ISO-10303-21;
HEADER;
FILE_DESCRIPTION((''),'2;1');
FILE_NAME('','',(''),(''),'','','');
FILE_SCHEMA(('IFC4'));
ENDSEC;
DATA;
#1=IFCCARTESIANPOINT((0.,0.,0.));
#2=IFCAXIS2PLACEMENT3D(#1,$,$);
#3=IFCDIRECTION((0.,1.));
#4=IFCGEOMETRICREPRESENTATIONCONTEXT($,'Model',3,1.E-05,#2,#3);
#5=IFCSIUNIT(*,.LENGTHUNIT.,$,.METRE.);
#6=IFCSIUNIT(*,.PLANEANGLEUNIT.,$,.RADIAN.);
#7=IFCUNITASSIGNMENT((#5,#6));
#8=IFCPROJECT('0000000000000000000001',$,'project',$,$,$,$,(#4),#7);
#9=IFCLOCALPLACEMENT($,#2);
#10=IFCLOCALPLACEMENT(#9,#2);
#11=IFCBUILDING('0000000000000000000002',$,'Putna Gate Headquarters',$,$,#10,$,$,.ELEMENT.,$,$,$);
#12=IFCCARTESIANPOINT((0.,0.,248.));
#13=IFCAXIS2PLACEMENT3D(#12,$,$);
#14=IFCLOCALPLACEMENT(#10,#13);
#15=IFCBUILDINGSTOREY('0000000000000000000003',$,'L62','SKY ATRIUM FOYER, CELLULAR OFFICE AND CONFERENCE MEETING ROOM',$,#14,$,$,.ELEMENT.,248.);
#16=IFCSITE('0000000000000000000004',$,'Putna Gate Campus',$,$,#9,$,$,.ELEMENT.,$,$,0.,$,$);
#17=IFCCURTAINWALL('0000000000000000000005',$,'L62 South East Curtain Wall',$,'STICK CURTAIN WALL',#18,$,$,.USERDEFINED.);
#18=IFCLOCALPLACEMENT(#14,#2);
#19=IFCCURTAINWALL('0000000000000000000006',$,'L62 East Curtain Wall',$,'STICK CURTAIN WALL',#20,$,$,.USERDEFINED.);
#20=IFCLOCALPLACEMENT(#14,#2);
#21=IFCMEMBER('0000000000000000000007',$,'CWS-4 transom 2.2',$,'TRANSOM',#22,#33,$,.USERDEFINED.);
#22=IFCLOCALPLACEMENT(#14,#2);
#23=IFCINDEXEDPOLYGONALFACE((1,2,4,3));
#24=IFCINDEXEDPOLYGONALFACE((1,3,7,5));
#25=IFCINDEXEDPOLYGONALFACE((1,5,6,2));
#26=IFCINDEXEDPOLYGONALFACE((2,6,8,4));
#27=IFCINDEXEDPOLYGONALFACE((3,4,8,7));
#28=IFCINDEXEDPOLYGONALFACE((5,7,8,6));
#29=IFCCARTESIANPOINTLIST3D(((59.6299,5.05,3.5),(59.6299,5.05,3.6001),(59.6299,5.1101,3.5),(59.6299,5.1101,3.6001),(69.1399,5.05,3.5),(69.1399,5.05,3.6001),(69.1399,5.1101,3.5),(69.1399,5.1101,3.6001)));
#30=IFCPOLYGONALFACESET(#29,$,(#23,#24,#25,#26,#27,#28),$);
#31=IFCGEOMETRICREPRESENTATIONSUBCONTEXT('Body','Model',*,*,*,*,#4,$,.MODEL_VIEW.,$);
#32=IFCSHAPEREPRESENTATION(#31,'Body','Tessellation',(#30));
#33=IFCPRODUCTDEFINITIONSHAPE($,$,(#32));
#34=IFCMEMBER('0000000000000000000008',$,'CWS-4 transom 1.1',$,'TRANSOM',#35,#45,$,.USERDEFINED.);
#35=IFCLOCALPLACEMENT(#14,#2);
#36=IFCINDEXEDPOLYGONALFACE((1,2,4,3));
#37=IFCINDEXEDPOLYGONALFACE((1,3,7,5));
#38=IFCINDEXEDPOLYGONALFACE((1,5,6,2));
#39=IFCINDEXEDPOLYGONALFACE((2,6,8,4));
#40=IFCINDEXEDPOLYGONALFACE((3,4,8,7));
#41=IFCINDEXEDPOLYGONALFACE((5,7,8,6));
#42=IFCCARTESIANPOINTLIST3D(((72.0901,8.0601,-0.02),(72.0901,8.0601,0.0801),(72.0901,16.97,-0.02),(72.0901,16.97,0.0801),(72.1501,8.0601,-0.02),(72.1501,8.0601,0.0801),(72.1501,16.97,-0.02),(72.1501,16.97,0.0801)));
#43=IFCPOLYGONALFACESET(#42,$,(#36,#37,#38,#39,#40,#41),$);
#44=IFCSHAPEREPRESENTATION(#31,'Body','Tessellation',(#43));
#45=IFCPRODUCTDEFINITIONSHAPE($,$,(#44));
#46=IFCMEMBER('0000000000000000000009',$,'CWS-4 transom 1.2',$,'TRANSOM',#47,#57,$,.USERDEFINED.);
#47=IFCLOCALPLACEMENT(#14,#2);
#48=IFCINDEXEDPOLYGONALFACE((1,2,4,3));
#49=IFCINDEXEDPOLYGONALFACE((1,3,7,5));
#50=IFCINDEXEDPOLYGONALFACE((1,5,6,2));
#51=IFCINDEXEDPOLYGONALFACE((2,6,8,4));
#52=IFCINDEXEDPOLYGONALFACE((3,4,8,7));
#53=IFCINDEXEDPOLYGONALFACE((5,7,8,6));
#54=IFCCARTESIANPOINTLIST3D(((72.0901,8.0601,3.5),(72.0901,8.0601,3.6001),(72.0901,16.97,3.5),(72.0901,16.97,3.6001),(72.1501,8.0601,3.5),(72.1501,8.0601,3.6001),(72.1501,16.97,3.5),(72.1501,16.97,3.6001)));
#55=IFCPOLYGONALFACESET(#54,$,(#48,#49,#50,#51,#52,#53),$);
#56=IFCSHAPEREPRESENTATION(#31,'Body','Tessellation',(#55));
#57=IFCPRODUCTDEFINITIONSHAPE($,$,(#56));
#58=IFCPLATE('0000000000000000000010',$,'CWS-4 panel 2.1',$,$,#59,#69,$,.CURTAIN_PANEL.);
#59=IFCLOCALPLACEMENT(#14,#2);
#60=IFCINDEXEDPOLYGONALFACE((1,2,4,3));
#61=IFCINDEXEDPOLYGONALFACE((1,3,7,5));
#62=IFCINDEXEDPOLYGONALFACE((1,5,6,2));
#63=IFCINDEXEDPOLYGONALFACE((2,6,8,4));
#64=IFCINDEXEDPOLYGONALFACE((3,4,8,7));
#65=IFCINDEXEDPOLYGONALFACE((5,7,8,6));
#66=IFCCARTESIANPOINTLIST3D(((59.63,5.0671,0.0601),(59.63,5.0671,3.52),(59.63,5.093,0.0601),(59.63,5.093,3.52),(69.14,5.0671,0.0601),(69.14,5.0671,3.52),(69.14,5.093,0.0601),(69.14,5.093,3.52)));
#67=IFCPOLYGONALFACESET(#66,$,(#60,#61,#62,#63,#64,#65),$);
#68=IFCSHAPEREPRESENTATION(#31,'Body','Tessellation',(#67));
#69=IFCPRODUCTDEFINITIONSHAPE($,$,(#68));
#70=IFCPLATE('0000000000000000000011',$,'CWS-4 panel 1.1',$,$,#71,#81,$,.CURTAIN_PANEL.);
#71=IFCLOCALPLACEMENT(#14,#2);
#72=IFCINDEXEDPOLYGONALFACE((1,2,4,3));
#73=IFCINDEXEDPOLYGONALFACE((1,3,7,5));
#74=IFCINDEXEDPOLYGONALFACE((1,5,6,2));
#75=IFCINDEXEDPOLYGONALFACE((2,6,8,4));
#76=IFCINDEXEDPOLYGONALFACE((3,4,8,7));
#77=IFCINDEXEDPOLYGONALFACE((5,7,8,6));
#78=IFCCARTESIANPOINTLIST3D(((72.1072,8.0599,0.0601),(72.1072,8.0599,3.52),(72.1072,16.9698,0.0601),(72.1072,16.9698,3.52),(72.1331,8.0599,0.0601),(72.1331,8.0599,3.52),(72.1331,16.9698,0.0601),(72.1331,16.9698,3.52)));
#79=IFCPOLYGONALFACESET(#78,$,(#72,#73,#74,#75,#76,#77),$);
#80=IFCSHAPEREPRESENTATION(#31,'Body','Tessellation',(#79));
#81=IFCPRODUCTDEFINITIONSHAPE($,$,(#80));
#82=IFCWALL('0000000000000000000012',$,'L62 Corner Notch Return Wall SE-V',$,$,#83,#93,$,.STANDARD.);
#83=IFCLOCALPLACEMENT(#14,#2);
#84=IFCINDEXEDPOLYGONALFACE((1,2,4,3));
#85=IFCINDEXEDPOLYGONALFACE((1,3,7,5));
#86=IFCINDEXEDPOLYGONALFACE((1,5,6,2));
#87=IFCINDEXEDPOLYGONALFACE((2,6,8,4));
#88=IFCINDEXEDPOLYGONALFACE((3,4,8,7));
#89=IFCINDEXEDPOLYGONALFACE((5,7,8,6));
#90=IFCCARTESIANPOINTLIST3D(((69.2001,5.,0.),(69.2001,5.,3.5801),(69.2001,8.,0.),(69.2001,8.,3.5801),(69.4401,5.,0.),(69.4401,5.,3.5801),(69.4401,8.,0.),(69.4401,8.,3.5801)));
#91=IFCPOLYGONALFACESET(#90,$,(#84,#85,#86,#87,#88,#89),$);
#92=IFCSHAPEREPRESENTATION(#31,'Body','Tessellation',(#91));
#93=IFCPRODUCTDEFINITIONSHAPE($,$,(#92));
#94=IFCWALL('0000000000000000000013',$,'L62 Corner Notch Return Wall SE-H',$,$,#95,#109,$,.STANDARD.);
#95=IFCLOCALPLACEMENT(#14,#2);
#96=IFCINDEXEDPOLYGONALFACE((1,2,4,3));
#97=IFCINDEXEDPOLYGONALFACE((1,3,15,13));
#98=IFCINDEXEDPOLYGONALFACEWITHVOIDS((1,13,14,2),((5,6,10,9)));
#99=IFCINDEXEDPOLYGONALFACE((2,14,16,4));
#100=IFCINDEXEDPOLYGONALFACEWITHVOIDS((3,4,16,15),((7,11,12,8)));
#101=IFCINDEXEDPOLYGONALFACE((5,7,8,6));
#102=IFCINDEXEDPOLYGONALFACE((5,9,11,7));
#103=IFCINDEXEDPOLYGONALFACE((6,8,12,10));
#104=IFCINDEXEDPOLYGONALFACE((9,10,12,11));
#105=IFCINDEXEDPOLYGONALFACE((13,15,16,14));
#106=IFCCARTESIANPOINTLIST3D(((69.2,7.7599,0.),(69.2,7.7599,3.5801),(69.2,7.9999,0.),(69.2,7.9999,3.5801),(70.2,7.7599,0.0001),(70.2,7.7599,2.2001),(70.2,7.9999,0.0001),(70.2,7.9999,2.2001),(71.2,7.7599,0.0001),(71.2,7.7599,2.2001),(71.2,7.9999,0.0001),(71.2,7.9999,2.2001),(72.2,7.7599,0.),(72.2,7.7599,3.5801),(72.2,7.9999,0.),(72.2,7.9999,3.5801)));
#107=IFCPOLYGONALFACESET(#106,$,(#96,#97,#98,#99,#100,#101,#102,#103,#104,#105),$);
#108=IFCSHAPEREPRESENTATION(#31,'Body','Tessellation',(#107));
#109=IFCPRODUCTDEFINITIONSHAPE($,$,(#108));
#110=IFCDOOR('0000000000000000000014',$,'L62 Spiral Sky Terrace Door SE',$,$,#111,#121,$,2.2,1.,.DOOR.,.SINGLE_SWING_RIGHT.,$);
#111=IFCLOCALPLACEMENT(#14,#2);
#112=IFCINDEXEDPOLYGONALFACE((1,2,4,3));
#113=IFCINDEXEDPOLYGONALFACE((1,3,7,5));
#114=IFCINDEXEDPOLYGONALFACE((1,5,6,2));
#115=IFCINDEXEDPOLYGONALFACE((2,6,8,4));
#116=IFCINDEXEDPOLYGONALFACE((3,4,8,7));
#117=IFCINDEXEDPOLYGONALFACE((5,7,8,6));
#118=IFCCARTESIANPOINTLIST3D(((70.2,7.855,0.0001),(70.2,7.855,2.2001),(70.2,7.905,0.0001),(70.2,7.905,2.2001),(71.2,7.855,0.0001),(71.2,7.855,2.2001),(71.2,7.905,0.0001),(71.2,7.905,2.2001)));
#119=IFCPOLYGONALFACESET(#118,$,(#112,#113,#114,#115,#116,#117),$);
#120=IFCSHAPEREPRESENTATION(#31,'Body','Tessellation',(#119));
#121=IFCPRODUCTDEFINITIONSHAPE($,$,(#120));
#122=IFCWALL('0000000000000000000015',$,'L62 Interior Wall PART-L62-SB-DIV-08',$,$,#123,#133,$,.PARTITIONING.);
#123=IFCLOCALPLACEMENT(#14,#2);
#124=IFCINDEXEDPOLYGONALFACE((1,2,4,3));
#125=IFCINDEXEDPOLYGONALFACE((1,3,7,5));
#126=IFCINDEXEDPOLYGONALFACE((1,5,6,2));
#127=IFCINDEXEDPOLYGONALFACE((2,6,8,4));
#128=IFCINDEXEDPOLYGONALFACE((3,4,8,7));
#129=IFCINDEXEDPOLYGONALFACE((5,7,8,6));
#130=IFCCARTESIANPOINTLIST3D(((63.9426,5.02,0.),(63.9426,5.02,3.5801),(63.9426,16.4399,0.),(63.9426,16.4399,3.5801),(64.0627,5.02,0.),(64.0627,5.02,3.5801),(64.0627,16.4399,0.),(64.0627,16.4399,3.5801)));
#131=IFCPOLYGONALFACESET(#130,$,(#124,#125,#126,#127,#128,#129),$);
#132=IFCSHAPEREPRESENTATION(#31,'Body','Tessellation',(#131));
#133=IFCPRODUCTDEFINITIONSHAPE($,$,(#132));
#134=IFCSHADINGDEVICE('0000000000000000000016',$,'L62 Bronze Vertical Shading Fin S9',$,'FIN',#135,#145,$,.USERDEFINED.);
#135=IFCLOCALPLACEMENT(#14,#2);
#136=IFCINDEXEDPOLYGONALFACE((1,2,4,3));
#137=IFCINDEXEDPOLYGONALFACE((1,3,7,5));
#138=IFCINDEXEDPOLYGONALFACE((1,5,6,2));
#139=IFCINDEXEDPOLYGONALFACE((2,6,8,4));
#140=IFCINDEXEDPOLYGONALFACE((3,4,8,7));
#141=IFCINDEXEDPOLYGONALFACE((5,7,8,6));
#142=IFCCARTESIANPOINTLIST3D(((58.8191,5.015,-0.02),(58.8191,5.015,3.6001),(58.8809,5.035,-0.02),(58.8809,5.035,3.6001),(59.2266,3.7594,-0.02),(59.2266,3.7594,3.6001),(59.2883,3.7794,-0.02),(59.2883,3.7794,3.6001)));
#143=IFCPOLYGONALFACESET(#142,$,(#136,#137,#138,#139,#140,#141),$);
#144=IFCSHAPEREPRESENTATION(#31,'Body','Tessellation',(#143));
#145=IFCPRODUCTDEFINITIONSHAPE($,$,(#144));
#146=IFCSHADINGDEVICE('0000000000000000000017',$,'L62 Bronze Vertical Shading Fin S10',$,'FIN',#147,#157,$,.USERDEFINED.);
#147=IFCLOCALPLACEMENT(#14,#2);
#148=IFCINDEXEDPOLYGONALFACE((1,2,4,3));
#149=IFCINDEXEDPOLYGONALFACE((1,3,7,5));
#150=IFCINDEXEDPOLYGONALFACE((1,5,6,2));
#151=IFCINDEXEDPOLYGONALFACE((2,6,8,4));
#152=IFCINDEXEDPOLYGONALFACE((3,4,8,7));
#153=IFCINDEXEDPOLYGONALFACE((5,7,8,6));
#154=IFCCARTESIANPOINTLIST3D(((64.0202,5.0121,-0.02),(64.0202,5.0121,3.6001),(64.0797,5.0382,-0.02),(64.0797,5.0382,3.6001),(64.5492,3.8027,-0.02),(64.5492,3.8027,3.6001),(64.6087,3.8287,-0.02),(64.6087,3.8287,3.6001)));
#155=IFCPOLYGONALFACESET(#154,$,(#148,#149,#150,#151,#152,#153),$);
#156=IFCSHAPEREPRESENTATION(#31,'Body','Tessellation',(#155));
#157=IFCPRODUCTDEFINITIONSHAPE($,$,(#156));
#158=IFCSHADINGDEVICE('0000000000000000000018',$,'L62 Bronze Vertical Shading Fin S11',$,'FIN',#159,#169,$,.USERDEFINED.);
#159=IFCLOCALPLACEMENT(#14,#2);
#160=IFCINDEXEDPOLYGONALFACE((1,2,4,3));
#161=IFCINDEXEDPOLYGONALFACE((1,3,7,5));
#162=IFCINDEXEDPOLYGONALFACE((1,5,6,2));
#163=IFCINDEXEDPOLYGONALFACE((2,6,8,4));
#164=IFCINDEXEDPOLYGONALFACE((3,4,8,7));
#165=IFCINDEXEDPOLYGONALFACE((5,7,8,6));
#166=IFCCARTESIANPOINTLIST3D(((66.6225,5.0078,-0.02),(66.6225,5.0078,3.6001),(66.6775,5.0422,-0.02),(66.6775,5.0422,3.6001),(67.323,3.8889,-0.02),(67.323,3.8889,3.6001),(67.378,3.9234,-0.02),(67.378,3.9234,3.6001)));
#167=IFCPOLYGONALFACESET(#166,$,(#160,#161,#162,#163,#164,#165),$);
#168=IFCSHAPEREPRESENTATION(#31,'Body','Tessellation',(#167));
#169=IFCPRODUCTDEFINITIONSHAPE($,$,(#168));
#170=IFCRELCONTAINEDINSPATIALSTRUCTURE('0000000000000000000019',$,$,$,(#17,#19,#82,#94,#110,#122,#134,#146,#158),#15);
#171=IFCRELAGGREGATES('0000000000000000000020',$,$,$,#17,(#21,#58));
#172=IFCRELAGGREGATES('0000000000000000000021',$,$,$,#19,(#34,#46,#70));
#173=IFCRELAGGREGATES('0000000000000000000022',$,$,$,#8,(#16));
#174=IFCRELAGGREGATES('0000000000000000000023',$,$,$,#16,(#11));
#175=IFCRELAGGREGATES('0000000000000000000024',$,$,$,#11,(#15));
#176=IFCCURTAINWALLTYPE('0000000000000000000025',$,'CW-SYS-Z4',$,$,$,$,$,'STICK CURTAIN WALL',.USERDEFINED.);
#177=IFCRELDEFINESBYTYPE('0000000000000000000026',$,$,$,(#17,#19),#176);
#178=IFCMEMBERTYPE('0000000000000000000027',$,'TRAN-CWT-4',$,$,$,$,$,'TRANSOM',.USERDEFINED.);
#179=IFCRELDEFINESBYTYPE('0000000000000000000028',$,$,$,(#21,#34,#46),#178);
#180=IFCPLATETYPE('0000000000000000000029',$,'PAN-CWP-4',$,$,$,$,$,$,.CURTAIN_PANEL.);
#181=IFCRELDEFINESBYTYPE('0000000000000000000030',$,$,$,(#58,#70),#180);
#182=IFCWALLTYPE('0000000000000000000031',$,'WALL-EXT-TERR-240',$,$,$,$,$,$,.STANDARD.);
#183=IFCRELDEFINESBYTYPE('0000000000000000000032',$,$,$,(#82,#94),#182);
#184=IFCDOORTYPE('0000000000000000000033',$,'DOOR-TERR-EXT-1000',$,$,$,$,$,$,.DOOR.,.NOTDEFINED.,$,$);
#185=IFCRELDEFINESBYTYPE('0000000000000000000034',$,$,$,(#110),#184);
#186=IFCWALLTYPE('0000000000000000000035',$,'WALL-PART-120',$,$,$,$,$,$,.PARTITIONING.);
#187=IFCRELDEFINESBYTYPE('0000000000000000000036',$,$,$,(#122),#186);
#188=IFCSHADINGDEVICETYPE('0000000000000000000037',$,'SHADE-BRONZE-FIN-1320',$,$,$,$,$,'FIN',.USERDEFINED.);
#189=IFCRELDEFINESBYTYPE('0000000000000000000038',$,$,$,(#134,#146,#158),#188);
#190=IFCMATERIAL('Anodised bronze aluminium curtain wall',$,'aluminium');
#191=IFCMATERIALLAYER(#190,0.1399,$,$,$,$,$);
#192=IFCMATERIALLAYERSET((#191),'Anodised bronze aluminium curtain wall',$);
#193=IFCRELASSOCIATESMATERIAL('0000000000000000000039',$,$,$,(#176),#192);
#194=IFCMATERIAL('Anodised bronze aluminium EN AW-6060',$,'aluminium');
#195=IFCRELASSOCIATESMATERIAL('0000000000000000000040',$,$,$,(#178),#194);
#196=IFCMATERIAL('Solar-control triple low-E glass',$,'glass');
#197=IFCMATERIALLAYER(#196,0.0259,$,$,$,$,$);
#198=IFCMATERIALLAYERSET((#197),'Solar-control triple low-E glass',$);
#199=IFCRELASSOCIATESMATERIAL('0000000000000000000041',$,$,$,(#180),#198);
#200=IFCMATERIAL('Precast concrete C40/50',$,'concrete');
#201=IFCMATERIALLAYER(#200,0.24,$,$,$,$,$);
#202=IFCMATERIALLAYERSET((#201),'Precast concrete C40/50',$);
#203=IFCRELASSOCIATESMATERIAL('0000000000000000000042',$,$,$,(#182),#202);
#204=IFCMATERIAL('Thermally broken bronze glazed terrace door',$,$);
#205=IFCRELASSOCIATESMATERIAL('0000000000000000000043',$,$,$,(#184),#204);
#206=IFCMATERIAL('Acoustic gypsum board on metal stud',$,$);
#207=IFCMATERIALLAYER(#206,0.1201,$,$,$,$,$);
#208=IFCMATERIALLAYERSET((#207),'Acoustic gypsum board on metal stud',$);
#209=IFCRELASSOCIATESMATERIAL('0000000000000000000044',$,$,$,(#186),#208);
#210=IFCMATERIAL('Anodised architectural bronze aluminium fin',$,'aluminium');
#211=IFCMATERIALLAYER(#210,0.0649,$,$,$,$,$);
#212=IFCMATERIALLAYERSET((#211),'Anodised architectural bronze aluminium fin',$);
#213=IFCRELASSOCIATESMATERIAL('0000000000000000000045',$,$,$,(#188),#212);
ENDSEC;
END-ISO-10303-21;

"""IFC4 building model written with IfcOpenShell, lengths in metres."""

from ifc_helpers import new_model, si_unit, direction, frame, frame_2d, origin, origin_2d, place, context, subcontext, project, spatial, rectangle, extrude, material, layer, layer_set, material_profile, profile_set, type_object, element, fill, aggregate, save


model = new_model("IFC4")

# Units and contexts
model_context = context("Model", 3, precision=1e-05, world=origin(), true_north=direction((0.0, 1.0)))
body_context = subcontext(model_context, "Body", "Model", "MODEL_VIEW")
ifc_project = project(units=[si_unit("LENGTHUNIT", "METRE"), si_unit("PLANEANGLEUNIT", "RADIAN")], contexts=[model_context])

# Site, building, storey
site_placement = place(None, origin())
site = spatial("IfcSite", under=ifc_project, at=site_placement, Name="Putna Gate Campus", CompositionType="ELEMENT", RefElevation=0.0)
building_placement = place(site_placement, origin())
building = spatial("IfcBuilding", under=site, at=building_placement, Name="Putna Gate Headquarters", CompositionType="ELEMENT")
storey_placement = place(building_placement, frame((0.0, 0.0, 248.0)))
storey = spatial("IfcBuildingStorey", under=building, at=storey_placement, Name="L62", Description="SKY ATRIUM FOYER, CELLULAR OFFICE AND CONFERENCE MEETING ROOM", CompositionType="ELEMENT", Elevation=248.0)

# Curtain wall
ifc_material_1 = material(Name="Anodised bronze aluminium curtain wall", Category="aluminium")
ifc_layer_1 = layer(ifc_material_1, 0.1399)
ifc_layer_set_1 = layer_set([ifc_layer_1], Name="Anodised bronze aluminium curtain wall")
curtain_wall_type = type_object("IfcCurtainWallType", Name="CW-SYS-Z4", ElementType="STICK CURTAIN WALL", PredefinedType="USERDEFINED", material=ifc_layer_set_1)
curtain_wall_1_placement = place(storey_placement, origin())
curtain_wall_1 = element("IfcCurtainWall", 1, at=curtain_wall_1_placement, inside=storey, type_object=curtain_wall_type, Name="L62 South East Curtain Wall", ObjectType="STICK CURTAIN WALL", PredefinedType="USERDEFINED")
ifc_material_2 = material(Name="Anodised bronze aluminium EN AW-6060", Category="aluminium")

# Curtain wall
curtain_wall_2_placement = place(storey_placement, origin())
curtain_wall_2 = element("IfcCurtainWall", 2, at=curtain_wall_2_placement, inside=storey, type_object=curtain_wall_type, Name="L62 East Curtain Wall", ObjectType="STICK CURTAIN WALL", PredefinedType="USERDEFINED")

# Members
ifc_material_profile_1 = material_profile(ifc_material_2, rectangle(XDim=0.0601, YDim=0.1001, at=origin_2d()), Name="Anodised bronze aluminium EN AW-6060")
ifc_profile_set_1 = profile_set([ifc_material_profile_1], Name="Anodised bronze aluminium EN AW-6060")
member_type_1 = type_object("IfcMemberType", Name="TRAN-CWT-4", ElementType="TRANSOM", PredefinedType="USERDEFINED", material=ifc_profile_set_1)
member_1_placement = place(storey_placement, frame((59.6299, 5.0801, 3.55), z_axis=(1.0, 0.0, 0.0), x_axis=(0.0, 1.0, 0.0)))
member_1 = element("IfcMember", 3, at=member_1_placement, type_object=member_type_1, Name="CWS-4 transom 2.2", ObjectType="TRANSOM", PredefinedType="USERDEFINED", context=body_context, shape_type="SweptSolid", body=[
    extrude(rectangle(XDim=0.0601, YDim=0.1001, at=origin_2d()), origin(), (0.0, 0.0, 1.0), 9.51),
])
member_2_placement = place(storey_placement, frame((72.1201, 8.0601, 0.03), z_axis=(0.0, 1.0, 0.0), x_axis=(-1.0, 0.0, 0.0)))
member_2 = element("IfcMember", 4, at=member_2_placement, type_object=member_type_1, Name="CWS-4 transom 1.1", ObjectType="TRANSOM", PredefinedType="USERDEFINED", context=body_context, shape_type="SweptSolid", body=[
    extrude(rectangle(XDim=0.0601, YDim=0.1001, at=origin_2d()), origin(), (0.0, 0.0, 1.0), 8.9099),
])
member_3_placement = place(storey_placement, frame((72.1201, 8.0601, 3.55), z_axis=(0.0, 1.0, 0.0), x_axis=(-1.0, 0.0, 0.0)))
member_3 = element("IfcMember", 5, at=member_3_placement, type_object=member_type_1, Name="CWS-4 transom 1.2", ObjectType="TRANSOM", PredefinedType="USERDEFINED", context=body_context, shape_type="SweptSolid", body=[
    extrude(rectangle(XDim=0.0601, YDim=0.1001, at=origin_2d()), origin(), (0.0, 0.0, 1.0), 8.9099),
])

# Plates
ifc_material_3 = material(Name="Solar-control triple low-E glass", Category="glass")
ifc_layer_2 = layer(ifc_material_3, 0.0259)
ifc_layer_set_2 = layer_set([ifc_layer_2], Name="Solar-control triple low-E glass")
plate_type = type_object("IfcPlateType", Name="PAN-CWP-4", PredefinedType="CURTAIN_PANEL", material=ifc_layer_set_2)
plate_1_placement = place(storey_placement, frame((64.385, 5.0801, 0.0601), z_axis=(0.0, 0.0, 1.0), x_axis=(1.0, 0.0, 0.0)))
plate_1 = element("IfcPlate", 6, at=plate_1_placement, type_object=plate_type, Name="CWS-4 panel 2.1", PredefinedType="CURTAIN_PANEL", context=body_context, shape_type="SweptSolid", body=[
    extrude(rectangle(XDim=9.51, YDim=0.0259, at=origin_2d()), origin(), (0.0, 0.0, 1.0), 3.46),
])
aggregate(curtain_wall_1, [member_1, plate_1])
plate_2_placement = place(storey_placement, frame((72.1201, 12.5149, 0.0601), z_axis=(0.0, 0.0, 1.0), x_axis=(0.0, 1.0, 0.0)))
plate_2 = element("IfcPlate", 7, at=plate_2_placement, type_object=plate_type, Name="CWS-4 panel 1.1", PredefinedType="CURTAIN_PANEL", context=body_context, shape_type="SweptSolid", body=[
    extrude(rectangle(XDim=8.9099, YDim=0.0259, at=origin_2d()), origin(), (0.0, 0.0, 1.0), 3.46),
])
aggregate(curtain_wall_2, [member_2, member_3, plate_2])

# Wall
ifc_material_4 = material(Name="Precast concrete C40/50", Category="concrete")
ifc_layer_3 = layer(ifc_material_4, 0.24)
ifc_layer_set_3 = layer_set([ifc_layer_3], Name="Precast concrete C40/50")
wall_type_1 = type_object("IfcWallType", Name="WALL-EXT-TERR-240", PredefinedType="STANDARD", material=ifc_layer_set_3)
wall_1_placement = place(storey_placement, frame((69.3201, 8.0, 0.0), z_axis=(0.0, 0.0, 1.0), x_axis=(0.0, -1.0, 0.0)))
element("IfcWall", 8, at=wall_1_placement, inside=storey, type_object=wall_type_1, Name="L62 Corner Notch Return Wall SE-V", PredefinedType="STANDARD", context=body_context, shape_type="SweptSolid", body=[
    extrude(rectangle(XDim=3.0, YDim=0.24, at=frame_2d((1.5, 0.0))), origin(), (0.0, 0.0, 1.0), 3.5801),
])

# Wall, opening, door
wall_2_placement = place(storey_placement, frame((72.2, 7.8799, 0.0), z_axis=(0.0, 0.0, 1.0), x_axis=(-1.0, 0.0, 0.0)))
wall_2 = element("IfcWall", 9, at=wall_2_placement, inside=storey, type_object=wall_type_1, Name="L62 Corner Notch Return Wall SE-H", PredefinedType="STANDARD", context=body_context, shape_type="SweptSolid", body=[
    extrude(rectangle(XDim=3.0, YDim=0.24, at=frame_2d((1.5, 0.0))), origin(), (0.0, 0.0, 1.0), 3.5801),
])
opening_placement = place(wall_2_placement, frame((1.0, 0.0, 0.0)))
opening = element("IfcOpeningElement", 10, at=opening_placement, cuts=wall_2, PredefinedType="OPENING", context=body_context, shape_type="SweptSolid", body=[
    extrude(rectangle(XDim=1.0, YDim=2.2, at=frame_2d((0.5, 1.1001))), frame((0.0, 0.1299, 0.0), z_axis=(0.0, -1.0, 0.0), x_axis=(1.0, 0.0, 0.0)), (0.0, 0.0, 1.0), 0.26),
])
ifc_material_5 = material(Name="Thermally broken bronze glazed terrace door")
door_type = type_object("IfcDoorType", Name="DOOR-TERR-EXT-1000", OperationType="NOTDEFINED", PredefinedType="DOOR", material=ifc_material_5)
door_placement = place(opening_placement, origin())
door = element("IfcDoor", 11, at=door_placement, inside=storey, type_object=door_type, Name="L62 Spiral Sky Terrace Door SE", OperationType="SINGLE_SWING_RIGHT", OverallHeight=2.2, OverallWidth=1.0, PredefinedType="DOOR", context=body_context, shape_type="SweptSolid", body=[
    extrude(rectangle(XDim=1.0, YDim=2.2, at=frame_2d((0.5, 1.1001))), frame((0.0, 0.0249, 0.0), z_axis=(0.0, -1.0, 0.0), x_axis=(1.0, 0.0, 0.0)), (0.0, 0.0, 1.0), 0.05),
])
fill(opening, door)

# Wall
ifc_material_6 = material(Name="Acoustic gypsum board on metal stud")
ifc_layer_4 = layer(ifc_material_6, 0.1201)
ifc_layer_set_4 = layer_set([ifc_layer_4], Name="Acoustic gypsum board on metal stud")
wall_type_2 = type_object("IfcWallType", Name="WALL-PART-120", PredefinedType="PARTITIONING", material=ifc_layer_set_4)
wall_3_placement = place(storey_placement, frame((64.0027, 5.02, 0.0), z_axis=(0.0, 0.0, 1.0), x_axis=(0.0, 1.0, 0.0)))
element("IfcWall", 12, at=wall_3_placement, inside=storey, type_object=wall_type_2, Name="L62 Interior Wall PART-L62-SB-DIV-08", PredefinedType="PARTITIONING", context=body_context, shape_type="SweptSolid", body=[
    extrude(rectangle(XDim=11.4199, YDim=0.1201, at=frame_2d((5.71, 0.0))), origin(), (0.0, 0.0, 1.0), 3.5801),
])

# Shading devices
ifc_material_7 = material(Name="Anodised architectural bronze aluminium fin", Category="aluminium")
ifc_layer_5 = layer(ifc_material_7, 0.0649)
ifc_layer_set_5 = layer_set([ifc_layer_5], Name="Anodised architectural bronze aluminium fin")
shading_device_type = type_object("IfcShadingDeviceType", Name="SHADE-BRONZE-FIN-1320", ElementType="FIN", PredefinedType="USERDEFINED", material=ifc_layer_set_5)
for number, where, z_axis, x_axis, name in (
    (13, (59.0537, 4.3972, -0.02), (0.0, 0.0, 1.0), (0.308685, -0.951164, 0.0), "L62 Bronze Vertical Shading Fin S9"),
    (14, (64.3145, 4.4204, -0.02), (0.0, 0.0, 1.0), (0.400669, -0.916223, 0.0), "L62 Bronze Vertical Shading Fin S10"),
    (15, (67.0002, 4.4656, -0.02), (0.0, 0.0, 1.0), (0.530659, -0.847585, 0.0), "L62 Bronze Vertical Shading Fin S11"),
):
    element("IfcShadingDevice", number, at=place(storey_placement, frame(where, z_axis=z_axis, x_axis=x_axis)), inside=storey, type_object=shading_device_type, Name=name, ObjectType="FIN", PredefinedType="USERDEFINED", context=body_context, shape_type="SweptSolid", body=[
        extrude(rectangle(XDim=1.3201, YDim=0.0649, at=origin_2d()), origin(), (0.0, 0.0, 1.0), 3.6201),
    ])

save(model, "model.ifc")
